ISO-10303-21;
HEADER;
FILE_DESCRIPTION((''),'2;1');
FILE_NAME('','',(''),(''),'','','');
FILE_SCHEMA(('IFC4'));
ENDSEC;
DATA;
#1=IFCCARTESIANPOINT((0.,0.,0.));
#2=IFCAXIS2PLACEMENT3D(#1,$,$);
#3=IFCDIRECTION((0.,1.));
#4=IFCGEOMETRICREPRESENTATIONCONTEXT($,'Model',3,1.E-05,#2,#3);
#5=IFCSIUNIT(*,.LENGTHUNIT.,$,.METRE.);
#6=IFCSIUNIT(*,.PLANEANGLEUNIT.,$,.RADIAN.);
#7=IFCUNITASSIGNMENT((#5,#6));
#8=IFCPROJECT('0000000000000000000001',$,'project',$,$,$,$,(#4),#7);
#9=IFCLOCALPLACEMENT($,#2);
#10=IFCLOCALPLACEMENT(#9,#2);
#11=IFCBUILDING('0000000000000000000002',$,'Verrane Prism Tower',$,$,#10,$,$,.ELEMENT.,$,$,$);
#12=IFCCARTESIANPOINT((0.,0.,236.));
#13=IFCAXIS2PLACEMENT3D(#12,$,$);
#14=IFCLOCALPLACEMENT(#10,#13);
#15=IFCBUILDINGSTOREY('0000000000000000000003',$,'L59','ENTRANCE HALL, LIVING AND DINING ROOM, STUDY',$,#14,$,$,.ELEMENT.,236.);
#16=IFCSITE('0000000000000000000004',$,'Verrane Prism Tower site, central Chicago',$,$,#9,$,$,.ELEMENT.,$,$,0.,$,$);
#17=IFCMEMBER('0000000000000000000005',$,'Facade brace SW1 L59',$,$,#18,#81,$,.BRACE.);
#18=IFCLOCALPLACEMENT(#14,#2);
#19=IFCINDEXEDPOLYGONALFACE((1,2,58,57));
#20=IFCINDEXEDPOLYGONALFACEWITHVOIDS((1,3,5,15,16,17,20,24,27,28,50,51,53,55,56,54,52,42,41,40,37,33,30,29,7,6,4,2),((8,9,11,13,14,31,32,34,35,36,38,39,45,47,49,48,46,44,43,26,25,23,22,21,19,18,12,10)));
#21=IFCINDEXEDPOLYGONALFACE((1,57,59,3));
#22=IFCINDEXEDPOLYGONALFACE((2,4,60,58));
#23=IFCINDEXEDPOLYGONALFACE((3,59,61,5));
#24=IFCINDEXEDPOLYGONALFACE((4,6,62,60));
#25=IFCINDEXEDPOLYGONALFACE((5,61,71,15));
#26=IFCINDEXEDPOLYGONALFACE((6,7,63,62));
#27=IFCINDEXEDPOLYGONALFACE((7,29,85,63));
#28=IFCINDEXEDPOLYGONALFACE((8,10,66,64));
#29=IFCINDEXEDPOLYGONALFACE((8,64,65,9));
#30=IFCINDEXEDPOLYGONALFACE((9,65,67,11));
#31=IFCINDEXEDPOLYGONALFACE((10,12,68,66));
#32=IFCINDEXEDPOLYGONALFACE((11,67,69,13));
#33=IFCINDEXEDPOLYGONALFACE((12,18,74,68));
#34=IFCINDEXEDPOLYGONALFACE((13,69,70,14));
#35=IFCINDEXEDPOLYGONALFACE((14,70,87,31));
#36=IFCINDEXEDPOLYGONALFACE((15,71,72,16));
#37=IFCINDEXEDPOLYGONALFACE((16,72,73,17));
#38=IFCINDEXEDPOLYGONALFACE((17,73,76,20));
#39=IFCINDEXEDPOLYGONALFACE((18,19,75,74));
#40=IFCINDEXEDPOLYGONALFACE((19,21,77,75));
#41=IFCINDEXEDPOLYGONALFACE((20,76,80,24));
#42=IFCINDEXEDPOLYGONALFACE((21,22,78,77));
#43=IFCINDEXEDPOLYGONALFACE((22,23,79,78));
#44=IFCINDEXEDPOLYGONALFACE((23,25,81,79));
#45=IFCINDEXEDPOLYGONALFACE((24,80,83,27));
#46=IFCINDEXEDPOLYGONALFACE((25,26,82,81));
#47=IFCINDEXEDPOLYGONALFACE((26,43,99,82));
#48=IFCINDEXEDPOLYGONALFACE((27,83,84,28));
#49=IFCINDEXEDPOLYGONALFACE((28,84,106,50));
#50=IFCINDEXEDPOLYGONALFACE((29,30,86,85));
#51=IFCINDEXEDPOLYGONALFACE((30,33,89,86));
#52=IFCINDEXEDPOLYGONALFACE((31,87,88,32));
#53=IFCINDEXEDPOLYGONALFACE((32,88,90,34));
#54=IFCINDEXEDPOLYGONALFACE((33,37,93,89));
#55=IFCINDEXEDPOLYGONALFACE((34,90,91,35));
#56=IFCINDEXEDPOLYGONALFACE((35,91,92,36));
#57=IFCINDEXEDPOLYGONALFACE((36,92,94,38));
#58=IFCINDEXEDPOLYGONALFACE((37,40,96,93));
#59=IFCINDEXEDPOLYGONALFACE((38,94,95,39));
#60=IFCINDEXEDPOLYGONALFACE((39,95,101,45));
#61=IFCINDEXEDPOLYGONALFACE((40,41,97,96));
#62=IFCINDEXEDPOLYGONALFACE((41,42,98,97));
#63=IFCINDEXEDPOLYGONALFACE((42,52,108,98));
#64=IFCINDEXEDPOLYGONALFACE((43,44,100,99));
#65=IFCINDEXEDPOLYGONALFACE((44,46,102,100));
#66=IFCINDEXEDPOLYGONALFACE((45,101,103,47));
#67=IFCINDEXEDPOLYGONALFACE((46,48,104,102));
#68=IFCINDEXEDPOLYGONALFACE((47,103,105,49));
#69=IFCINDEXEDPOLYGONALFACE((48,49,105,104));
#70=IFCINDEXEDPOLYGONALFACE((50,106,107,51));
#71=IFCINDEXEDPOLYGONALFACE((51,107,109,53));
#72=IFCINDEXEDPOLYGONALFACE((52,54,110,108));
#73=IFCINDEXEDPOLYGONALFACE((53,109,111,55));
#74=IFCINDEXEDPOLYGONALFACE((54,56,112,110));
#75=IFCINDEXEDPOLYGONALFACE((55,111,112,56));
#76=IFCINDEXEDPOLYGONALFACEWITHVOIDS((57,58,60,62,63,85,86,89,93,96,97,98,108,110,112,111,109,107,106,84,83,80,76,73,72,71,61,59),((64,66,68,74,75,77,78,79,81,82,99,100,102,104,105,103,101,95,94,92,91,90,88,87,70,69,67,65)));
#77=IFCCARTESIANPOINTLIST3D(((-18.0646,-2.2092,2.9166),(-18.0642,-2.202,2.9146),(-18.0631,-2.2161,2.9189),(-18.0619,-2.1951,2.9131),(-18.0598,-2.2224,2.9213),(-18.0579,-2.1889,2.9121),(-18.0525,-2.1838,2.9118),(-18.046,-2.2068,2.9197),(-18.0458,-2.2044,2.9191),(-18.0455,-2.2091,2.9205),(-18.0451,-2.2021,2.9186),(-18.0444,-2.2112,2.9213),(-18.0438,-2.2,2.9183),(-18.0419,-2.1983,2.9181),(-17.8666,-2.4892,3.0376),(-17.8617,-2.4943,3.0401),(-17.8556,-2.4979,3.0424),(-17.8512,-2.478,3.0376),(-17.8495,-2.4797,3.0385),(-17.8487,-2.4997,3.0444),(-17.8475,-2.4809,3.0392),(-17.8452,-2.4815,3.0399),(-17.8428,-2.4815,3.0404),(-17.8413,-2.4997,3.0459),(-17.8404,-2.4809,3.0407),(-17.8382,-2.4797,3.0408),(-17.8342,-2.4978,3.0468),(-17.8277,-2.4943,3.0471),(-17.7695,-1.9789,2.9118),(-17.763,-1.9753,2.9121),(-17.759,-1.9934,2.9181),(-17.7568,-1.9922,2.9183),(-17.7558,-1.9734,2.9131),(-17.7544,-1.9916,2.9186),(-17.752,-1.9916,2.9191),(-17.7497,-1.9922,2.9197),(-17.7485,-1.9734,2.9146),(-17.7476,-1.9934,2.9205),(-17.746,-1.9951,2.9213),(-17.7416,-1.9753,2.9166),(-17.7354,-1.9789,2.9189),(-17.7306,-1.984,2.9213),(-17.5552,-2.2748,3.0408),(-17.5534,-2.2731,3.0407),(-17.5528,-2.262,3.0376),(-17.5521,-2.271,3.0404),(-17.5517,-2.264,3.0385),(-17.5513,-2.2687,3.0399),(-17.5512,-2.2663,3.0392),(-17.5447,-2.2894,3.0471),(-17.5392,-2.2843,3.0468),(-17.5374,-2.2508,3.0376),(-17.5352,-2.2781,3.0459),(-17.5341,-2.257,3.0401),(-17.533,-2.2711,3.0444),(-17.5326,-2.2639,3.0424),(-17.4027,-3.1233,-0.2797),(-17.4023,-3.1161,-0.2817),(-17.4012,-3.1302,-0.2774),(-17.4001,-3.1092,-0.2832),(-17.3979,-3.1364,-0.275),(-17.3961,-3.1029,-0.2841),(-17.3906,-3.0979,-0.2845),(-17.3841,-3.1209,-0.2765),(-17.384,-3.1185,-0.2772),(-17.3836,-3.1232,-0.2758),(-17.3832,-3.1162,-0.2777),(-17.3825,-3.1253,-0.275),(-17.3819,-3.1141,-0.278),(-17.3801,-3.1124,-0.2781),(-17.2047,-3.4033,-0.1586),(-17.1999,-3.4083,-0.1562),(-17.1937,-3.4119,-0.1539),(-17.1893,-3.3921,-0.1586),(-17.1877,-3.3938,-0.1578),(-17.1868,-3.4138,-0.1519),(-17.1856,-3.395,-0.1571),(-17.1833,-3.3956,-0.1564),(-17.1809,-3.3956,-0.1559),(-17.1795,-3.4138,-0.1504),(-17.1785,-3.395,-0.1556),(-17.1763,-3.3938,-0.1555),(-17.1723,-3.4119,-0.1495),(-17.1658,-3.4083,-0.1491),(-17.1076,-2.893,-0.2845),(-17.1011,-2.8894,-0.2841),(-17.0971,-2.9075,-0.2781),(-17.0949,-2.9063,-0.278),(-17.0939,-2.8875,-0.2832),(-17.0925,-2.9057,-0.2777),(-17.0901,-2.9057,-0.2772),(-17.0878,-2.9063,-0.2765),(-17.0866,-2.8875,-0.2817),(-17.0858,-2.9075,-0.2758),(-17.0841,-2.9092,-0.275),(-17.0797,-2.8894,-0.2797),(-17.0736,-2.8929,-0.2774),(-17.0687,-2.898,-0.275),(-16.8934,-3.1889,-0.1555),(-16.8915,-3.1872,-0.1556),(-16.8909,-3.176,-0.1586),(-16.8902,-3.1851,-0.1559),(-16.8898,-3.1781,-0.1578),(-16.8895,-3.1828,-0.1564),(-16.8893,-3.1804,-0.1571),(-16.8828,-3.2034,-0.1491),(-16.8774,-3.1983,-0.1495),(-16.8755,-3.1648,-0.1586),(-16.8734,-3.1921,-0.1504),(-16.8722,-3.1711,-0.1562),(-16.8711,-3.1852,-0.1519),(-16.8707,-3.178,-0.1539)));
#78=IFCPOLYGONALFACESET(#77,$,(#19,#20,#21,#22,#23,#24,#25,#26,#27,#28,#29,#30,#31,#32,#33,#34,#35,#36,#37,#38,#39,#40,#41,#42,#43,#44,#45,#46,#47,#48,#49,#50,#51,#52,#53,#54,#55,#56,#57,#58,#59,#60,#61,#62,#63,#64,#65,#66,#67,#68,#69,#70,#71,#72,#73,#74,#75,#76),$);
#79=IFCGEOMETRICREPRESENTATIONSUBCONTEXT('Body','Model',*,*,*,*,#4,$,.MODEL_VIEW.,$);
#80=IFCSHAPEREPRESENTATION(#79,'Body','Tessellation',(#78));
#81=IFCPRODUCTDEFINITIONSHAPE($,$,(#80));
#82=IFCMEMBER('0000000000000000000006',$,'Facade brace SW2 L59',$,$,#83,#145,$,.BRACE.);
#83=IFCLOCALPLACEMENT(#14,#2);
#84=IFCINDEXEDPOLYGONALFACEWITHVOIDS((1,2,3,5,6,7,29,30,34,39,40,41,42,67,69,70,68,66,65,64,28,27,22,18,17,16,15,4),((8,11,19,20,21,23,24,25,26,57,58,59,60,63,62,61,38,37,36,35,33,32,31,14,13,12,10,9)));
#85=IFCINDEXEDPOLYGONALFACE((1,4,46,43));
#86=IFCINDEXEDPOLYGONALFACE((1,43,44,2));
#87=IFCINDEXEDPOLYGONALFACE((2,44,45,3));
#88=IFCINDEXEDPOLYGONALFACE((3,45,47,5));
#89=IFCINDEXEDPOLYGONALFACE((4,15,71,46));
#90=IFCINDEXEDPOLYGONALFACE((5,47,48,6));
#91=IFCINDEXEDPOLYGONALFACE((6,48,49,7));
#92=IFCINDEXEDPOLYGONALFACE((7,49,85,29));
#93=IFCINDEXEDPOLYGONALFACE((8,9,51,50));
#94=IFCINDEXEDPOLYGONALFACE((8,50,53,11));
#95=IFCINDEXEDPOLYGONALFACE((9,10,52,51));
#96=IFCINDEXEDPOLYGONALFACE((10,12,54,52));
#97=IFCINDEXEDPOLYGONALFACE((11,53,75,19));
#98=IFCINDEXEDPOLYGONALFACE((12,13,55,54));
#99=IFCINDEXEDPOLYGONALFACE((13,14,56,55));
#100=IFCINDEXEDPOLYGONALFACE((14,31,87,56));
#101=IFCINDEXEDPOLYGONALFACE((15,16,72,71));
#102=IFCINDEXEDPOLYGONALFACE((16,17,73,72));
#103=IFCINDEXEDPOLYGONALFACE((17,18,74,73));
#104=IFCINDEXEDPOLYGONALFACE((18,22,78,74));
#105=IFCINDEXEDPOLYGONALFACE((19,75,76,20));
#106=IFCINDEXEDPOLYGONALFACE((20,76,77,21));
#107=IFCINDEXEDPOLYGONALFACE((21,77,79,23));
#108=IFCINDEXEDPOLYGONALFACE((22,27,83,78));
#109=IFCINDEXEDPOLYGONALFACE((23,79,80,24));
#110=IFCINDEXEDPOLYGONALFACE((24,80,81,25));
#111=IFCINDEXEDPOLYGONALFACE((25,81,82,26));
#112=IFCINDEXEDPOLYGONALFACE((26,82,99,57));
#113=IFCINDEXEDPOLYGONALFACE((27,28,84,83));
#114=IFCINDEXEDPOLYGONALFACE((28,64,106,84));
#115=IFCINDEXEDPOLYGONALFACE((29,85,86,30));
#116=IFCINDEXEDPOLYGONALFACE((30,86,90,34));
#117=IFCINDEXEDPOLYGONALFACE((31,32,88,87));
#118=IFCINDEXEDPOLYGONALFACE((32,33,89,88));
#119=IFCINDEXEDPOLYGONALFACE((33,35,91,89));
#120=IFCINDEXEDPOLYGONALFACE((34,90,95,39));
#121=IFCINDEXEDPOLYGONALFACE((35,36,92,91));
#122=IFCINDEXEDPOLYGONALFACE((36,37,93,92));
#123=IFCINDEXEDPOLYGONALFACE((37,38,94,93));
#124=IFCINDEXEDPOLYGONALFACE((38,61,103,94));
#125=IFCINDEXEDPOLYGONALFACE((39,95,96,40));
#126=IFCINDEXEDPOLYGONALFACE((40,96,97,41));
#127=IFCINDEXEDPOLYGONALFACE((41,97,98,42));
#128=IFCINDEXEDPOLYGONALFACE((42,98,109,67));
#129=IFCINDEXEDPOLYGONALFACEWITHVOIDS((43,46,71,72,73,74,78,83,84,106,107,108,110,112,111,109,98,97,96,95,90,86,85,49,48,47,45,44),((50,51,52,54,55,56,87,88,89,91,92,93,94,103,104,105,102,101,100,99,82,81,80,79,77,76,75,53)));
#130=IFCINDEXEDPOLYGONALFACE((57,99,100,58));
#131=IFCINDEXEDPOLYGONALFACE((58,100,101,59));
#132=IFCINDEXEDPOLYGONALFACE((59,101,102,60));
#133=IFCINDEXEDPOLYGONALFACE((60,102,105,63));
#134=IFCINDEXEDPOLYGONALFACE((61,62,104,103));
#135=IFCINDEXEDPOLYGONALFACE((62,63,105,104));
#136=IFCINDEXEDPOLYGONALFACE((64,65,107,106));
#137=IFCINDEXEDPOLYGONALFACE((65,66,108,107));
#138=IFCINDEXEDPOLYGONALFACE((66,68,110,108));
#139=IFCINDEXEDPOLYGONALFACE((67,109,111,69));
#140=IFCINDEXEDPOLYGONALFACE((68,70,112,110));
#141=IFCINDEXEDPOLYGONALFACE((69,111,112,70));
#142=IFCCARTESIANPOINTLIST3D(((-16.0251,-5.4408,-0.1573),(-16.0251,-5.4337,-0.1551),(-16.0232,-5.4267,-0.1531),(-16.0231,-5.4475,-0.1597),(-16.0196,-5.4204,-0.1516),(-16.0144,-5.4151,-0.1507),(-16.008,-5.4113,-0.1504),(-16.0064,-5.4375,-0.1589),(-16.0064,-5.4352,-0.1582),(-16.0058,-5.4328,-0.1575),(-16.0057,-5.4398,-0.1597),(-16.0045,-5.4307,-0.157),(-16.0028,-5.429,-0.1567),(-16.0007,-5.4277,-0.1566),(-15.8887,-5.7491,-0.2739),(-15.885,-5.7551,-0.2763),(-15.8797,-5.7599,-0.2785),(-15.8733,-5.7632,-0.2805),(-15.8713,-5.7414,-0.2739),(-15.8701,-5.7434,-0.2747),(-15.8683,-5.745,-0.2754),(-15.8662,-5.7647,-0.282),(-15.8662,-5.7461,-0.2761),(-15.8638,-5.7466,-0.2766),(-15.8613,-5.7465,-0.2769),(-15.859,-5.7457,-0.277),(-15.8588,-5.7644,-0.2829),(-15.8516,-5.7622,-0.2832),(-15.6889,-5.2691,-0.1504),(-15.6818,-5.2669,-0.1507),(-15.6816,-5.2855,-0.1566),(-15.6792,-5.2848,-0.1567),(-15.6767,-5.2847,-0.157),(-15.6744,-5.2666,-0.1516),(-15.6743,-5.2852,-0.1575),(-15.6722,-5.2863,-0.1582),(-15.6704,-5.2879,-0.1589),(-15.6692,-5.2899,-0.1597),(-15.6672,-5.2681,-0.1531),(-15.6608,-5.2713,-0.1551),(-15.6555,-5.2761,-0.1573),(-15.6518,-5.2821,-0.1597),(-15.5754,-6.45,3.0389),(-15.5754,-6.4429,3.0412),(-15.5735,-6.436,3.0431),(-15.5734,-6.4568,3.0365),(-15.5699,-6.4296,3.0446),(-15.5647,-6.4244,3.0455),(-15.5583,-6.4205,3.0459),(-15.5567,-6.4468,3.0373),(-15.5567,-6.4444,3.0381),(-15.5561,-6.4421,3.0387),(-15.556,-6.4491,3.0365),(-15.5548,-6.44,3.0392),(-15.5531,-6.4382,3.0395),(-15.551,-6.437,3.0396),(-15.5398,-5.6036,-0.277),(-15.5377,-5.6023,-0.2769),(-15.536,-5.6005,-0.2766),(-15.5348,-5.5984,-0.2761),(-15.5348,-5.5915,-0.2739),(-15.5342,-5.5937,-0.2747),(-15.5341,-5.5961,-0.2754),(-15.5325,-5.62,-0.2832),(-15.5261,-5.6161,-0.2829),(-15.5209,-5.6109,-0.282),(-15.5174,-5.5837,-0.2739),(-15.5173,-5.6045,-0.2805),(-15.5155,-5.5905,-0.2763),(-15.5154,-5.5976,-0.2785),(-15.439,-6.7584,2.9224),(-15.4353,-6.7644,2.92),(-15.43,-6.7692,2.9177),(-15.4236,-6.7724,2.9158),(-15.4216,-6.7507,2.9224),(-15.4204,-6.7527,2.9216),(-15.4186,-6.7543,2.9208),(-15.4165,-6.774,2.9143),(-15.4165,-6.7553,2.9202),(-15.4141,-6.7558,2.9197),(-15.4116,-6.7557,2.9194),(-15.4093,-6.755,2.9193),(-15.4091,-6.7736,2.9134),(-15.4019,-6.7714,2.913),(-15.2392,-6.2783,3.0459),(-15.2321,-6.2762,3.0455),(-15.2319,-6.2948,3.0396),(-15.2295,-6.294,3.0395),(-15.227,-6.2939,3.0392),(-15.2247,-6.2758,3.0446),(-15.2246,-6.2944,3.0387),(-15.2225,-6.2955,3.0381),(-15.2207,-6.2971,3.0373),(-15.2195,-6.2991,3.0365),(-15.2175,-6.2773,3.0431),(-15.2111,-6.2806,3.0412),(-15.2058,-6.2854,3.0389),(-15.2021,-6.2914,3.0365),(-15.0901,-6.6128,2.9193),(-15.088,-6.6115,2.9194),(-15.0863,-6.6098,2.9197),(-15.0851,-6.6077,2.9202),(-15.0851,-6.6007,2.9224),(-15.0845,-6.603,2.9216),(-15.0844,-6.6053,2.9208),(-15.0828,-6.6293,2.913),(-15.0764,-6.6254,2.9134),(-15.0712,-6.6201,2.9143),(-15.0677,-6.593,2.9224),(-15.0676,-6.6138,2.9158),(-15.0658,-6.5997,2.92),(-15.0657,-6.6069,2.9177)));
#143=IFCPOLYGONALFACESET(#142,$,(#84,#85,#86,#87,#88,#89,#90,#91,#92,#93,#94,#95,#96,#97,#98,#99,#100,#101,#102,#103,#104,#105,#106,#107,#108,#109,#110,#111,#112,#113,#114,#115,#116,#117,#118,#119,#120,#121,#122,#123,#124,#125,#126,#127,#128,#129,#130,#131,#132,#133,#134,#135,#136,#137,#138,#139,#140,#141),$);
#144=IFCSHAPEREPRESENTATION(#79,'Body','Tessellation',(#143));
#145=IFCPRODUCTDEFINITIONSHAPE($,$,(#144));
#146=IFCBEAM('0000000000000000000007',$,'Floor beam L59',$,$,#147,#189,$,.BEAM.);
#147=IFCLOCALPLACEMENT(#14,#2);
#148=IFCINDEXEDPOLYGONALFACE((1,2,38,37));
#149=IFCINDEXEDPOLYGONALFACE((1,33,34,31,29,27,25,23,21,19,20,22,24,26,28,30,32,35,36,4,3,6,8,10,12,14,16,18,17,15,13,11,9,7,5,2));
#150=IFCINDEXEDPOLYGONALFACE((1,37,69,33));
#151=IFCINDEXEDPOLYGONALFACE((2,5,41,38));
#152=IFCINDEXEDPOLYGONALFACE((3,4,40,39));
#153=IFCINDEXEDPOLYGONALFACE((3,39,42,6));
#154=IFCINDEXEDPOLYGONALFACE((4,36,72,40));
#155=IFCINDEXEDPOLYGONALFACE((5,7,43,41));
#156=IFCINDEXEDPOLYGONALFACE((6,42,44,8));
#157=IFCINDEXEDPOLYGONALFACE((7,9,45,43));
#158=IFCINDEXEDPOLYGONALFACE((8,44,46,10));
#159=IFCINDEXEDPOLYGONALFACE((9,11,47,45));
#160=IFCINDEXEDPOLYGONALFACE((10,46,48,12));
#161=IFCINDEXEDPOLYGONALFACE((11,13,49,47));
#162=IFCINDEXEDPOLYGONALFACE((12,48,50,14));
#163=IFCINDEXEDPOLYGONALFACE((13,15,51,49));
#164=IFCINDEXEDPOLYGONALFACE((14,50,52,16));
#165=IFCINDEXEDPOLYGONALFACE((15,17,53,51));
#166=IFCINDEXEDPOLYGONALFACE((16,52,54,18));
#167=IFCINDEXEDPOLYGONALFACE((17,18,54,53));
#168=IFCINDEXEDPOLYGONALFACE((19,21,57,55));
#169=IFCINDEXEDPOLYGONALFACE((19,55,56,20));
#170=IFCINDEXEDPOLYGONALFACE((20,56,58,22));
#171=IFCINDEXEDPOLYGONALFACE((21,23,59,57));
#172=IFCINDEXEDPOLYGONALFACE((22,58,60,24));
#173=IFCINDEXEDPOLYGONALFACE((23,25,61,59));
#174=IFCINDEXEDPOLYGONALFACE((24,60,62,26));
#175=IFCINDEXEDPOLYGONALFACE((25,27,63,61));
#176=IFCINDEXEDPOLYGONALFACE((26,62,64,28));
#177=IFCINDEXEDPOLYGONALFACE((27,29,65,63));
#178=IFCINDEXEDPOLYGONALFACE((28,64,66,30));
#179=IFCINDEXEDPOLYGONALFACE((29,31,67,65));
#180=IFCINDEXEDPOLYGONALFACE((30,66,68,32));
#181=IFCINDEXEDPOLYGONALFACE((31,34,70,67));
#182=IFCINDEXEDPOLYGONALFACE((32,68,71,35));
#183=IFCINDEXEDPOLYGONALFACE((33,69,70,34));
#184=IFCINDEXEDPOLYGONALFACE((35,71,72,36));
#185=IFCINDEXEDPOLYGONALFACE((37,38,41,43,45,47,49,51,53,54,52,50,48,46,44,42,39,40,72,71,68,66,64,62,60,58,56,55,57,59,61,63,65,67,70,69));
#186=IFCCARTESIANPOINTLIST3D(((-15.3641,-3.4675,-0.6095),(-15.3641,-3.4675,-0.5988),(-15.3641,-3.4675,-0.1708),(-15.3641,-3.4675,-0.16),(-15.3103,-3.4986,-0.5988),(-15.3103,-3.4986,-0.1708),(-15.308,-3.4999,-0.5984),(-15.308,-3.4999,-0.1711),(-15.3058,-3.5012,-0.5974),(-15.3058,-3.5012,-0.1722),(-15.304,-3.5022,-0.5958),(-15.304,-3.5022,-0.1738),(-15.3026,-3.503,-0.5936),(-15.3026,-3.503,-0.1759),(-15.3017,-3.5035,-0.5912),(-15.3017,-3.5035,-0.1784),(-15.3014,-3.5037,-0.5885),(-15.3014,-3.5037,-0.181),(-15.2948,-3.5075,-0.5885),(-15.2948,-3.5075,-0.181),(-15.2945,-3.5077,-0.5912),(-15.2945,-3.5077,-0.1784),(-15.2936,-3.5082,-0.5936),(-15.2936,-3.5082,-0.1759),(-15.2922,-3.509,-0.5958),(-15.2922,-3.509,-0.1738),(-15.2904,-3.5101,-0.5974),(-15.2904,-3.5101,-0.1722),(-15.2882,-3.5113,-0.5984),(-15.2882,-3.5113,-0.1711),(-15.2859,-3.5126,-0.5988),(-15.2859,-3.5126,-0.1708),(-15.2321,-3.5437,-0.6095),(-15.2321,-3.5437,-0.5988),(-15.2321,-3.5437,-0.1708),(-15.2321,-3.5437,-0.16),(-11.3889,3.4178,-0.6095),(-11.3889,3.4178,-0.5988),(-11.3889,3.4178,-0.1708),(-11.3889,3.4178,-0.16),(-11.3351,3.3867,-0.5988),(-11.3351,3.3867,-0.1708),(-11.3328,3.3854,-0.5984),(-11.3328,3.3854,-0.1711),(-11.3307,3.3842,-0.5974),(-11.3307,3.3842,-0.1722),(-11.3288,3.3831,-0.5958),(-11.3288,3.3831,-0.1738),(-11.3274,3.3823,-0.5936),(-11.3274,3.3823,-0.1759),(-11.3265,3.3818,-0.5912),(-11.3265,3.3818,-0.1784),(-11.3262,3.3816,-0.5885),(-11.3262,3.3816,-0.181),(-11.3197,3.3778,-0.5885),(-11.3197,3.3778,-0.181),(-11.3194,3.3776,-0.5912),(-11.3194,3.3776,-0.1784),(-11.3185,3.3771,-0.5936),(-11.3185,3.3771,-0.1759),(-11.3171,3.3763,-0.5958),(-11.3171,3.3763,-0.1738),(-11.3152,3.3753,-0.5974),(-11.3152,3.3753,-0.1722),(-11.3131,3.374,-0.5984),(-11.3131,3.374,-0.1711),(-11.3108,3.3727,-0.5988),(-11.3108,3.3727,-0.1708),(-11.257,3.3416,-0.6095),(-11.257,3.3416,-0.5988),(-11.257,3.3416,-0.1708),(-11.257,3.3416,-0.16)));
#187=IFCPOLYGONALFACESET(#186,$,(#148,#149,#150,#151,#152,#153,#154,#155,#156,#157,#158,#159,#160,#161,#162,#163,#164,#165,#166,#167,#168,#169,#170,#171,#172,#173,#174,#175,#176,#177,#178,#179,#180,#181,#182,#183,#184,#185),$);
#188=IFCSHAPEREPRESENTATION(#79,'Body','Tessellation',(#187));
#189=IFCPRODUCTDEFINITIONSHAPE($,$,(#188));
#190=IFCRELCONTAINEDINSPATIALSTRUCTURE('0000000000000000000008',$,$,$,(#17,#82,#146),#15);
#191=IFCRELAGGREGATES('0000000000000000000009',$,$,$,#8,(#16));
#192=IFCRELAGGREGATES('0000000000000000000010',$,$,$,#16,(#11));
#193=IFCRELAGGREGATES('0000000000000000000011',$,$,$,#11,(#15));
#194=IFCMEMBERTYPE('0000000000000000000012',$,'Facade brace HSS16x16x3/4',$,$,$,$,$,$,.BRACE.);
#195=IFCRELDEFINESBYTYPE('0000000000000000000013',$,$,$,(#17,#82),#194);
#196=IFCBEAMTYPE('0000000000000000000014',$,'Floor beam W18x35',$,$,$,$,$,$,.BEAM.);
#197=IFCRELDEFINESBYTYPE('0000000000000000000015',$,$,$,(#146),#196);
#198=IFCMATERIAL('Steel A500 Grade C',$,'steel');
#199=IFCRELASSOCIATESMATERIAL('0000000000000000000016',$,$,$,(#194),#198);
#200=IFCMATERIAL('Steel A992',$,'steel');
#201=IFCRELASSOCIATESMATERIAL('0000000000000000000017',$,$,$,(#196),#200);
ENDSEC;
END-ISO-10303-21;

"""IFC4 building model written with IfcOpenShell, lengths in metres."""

from ifc_helpers import new_model, si_unit, direction, frame, origin, origin_2d, place, context, subcontext, project, spatial, hollow_rectangle, i_section, extrude, material, material_profile, profile_set, type_object, element, save


model = new_model("IFC4")

# Units and contexts
model_context = context("Model", 3, precision=1e-05, world=origin(), true_north=direction((0.0, 1.0)))
body_context = subcontext(model_context, "Body", "Model", "MODEL_VIEW")
ifc_project = project(units=[si_unit("LENGTHUNIT", "METRE"), si_unit("PLANEANGLEUNIT", "RADIAN")], contexts=[model_context])

# Site, building, storey
site_placement = place(None, origin())
site = spatial("IfcSite", under=ifc_project, at=site_placement, Name="Verrane Prism Tower site, central Chicago", CompositionType="ELEMENT", RefElevation=0.0)
building_placement = place(site_placement, origin())
building = spatial("IfcBuilding", under=site, at=building_placement, Name="Verrane Prism Tower", CompositionType="ELEMENT")
storey_placement = place(building_placement, frame((0.0, 0.0, 236.0)))
storey = spatial("IfcBuildingStorey", under=building, at=storey_placement, Name="L59", Description="ENTRANCE HALL, LIVING AND DINING ROOM, STUDY", CompositionType="ELEMENT", Elevation=236.0)

# Members
ifc_material_1 = material(Name="Steel A500 Grade C", Category="steel")
ifc_material_profile_1 = material_profile(ifc_material_1, hollow_rectangle(XDim=0.4065, YDim=0.4065, WallThickness=0.019, InnerFilletRadius=0.0095, OuterFilletRadius=0.0286, at=origin_2d()), Name="HSS16x16x3/4")
ifc_profile_set_1 = profile_set([ifc_material_profile_1], Name="Steel A500 Grade C")
member_type_1 = type_object("IfcMemberType", Name="Facade brace HSS16x16x3/4", PredefinedType="BRACE", material=ifc_profile_set_1)
member_1_placement = place(storey_placement, frame((-17.1367, -3.1506, -0.2168), z_axis=(-0.19526, 0.269661, 0.942951), x_axis=(-0.80996, -0.586485, 0.0)))
element("IfcMember", 1, at=member_1_placement, inside=storey, type_object=member_type_1, Name="Facade brace SW1 L59", PredefinedType="BRACE", context=body_context, shape_type="SweptSolid", body=[
    extrude(hollow_rectangle(XDim=0.4065, YDim=0.4065, WallThickness=0.019, InnerFilletRadius=0.0095, OuterFilletRadius=0.0286, at=origin_2d()), origin(), (0.0, 0.0, 1.0), 3.3896),
])
member_2_placement = place(storey_placement, frame((-15.7703, -5.5156, -0.2168), z_axis=(0.132975, -0.298436, 0.945121), x_axis=(0.913428, 0.406999, 0.0)))
element("IfcMember", 2, at=member_2_placement, inside=storey, type_object=member_type_1, Name="Facade brace SW2 L59", PredefinedType="BRACE", context=body_context, shape_type="SweptSolid", body=[
    extrude(hollow_rectangle(XDim=0.4065, YDim=0.4065, WallThickness=0.019, InnerFilletRadius=0.0095, OuterFilletRadius=0.0286, at=origin_2d()), origin(), (0.0, 0.0, 1.0), 3.3818),
])

# Beam
ifc_material_2 = material(Name="Steel A992", Category="steel")
ifc_material_profile_2 = material_profile(ifc_material_2, i_section(OverallWidth=0.1523, OverallDepth=0.4495, WebThickness=0.0076, FlangeThickness=0.0107, FilletRadius=0.0103, at=origin_2d()), Name="W18x35")
ifc_profile_set_2 = profile_set([ifc_material_profile_2], Name="Steel A992")
beam_type_1 = type_object("IfcBeamType", Name="Floor beam W18x35", PredefinedType="BEAM", material=ifc_profile_set_2)
beam_1_placement = place(storey_placement, frame((-15.2981, -3.5056, -0.3848), z_axis=(0.49999, 0.866031, 0.0), x_axis=(-0.866031, 0.49999, 0.0)))
element("IfcBeam", 3, at=beam_1_placement, inside=storey, type_object=beam_type_1, Name="Floor beam L59", PredefinedType="BEAM", context=body_context, shape_type="SweptSolid", body=[
    extrude(i_section(OverallWidth=0.1523, OverallDepth=0.4495, WebThickness=0.0076, FlangeThickness=0.0107, FilletRadius=0.0103, at=origin_2d()), origin(), (0.0, 0.0, 1.0), 7.9504),
])

save(model, "model.ifc")
